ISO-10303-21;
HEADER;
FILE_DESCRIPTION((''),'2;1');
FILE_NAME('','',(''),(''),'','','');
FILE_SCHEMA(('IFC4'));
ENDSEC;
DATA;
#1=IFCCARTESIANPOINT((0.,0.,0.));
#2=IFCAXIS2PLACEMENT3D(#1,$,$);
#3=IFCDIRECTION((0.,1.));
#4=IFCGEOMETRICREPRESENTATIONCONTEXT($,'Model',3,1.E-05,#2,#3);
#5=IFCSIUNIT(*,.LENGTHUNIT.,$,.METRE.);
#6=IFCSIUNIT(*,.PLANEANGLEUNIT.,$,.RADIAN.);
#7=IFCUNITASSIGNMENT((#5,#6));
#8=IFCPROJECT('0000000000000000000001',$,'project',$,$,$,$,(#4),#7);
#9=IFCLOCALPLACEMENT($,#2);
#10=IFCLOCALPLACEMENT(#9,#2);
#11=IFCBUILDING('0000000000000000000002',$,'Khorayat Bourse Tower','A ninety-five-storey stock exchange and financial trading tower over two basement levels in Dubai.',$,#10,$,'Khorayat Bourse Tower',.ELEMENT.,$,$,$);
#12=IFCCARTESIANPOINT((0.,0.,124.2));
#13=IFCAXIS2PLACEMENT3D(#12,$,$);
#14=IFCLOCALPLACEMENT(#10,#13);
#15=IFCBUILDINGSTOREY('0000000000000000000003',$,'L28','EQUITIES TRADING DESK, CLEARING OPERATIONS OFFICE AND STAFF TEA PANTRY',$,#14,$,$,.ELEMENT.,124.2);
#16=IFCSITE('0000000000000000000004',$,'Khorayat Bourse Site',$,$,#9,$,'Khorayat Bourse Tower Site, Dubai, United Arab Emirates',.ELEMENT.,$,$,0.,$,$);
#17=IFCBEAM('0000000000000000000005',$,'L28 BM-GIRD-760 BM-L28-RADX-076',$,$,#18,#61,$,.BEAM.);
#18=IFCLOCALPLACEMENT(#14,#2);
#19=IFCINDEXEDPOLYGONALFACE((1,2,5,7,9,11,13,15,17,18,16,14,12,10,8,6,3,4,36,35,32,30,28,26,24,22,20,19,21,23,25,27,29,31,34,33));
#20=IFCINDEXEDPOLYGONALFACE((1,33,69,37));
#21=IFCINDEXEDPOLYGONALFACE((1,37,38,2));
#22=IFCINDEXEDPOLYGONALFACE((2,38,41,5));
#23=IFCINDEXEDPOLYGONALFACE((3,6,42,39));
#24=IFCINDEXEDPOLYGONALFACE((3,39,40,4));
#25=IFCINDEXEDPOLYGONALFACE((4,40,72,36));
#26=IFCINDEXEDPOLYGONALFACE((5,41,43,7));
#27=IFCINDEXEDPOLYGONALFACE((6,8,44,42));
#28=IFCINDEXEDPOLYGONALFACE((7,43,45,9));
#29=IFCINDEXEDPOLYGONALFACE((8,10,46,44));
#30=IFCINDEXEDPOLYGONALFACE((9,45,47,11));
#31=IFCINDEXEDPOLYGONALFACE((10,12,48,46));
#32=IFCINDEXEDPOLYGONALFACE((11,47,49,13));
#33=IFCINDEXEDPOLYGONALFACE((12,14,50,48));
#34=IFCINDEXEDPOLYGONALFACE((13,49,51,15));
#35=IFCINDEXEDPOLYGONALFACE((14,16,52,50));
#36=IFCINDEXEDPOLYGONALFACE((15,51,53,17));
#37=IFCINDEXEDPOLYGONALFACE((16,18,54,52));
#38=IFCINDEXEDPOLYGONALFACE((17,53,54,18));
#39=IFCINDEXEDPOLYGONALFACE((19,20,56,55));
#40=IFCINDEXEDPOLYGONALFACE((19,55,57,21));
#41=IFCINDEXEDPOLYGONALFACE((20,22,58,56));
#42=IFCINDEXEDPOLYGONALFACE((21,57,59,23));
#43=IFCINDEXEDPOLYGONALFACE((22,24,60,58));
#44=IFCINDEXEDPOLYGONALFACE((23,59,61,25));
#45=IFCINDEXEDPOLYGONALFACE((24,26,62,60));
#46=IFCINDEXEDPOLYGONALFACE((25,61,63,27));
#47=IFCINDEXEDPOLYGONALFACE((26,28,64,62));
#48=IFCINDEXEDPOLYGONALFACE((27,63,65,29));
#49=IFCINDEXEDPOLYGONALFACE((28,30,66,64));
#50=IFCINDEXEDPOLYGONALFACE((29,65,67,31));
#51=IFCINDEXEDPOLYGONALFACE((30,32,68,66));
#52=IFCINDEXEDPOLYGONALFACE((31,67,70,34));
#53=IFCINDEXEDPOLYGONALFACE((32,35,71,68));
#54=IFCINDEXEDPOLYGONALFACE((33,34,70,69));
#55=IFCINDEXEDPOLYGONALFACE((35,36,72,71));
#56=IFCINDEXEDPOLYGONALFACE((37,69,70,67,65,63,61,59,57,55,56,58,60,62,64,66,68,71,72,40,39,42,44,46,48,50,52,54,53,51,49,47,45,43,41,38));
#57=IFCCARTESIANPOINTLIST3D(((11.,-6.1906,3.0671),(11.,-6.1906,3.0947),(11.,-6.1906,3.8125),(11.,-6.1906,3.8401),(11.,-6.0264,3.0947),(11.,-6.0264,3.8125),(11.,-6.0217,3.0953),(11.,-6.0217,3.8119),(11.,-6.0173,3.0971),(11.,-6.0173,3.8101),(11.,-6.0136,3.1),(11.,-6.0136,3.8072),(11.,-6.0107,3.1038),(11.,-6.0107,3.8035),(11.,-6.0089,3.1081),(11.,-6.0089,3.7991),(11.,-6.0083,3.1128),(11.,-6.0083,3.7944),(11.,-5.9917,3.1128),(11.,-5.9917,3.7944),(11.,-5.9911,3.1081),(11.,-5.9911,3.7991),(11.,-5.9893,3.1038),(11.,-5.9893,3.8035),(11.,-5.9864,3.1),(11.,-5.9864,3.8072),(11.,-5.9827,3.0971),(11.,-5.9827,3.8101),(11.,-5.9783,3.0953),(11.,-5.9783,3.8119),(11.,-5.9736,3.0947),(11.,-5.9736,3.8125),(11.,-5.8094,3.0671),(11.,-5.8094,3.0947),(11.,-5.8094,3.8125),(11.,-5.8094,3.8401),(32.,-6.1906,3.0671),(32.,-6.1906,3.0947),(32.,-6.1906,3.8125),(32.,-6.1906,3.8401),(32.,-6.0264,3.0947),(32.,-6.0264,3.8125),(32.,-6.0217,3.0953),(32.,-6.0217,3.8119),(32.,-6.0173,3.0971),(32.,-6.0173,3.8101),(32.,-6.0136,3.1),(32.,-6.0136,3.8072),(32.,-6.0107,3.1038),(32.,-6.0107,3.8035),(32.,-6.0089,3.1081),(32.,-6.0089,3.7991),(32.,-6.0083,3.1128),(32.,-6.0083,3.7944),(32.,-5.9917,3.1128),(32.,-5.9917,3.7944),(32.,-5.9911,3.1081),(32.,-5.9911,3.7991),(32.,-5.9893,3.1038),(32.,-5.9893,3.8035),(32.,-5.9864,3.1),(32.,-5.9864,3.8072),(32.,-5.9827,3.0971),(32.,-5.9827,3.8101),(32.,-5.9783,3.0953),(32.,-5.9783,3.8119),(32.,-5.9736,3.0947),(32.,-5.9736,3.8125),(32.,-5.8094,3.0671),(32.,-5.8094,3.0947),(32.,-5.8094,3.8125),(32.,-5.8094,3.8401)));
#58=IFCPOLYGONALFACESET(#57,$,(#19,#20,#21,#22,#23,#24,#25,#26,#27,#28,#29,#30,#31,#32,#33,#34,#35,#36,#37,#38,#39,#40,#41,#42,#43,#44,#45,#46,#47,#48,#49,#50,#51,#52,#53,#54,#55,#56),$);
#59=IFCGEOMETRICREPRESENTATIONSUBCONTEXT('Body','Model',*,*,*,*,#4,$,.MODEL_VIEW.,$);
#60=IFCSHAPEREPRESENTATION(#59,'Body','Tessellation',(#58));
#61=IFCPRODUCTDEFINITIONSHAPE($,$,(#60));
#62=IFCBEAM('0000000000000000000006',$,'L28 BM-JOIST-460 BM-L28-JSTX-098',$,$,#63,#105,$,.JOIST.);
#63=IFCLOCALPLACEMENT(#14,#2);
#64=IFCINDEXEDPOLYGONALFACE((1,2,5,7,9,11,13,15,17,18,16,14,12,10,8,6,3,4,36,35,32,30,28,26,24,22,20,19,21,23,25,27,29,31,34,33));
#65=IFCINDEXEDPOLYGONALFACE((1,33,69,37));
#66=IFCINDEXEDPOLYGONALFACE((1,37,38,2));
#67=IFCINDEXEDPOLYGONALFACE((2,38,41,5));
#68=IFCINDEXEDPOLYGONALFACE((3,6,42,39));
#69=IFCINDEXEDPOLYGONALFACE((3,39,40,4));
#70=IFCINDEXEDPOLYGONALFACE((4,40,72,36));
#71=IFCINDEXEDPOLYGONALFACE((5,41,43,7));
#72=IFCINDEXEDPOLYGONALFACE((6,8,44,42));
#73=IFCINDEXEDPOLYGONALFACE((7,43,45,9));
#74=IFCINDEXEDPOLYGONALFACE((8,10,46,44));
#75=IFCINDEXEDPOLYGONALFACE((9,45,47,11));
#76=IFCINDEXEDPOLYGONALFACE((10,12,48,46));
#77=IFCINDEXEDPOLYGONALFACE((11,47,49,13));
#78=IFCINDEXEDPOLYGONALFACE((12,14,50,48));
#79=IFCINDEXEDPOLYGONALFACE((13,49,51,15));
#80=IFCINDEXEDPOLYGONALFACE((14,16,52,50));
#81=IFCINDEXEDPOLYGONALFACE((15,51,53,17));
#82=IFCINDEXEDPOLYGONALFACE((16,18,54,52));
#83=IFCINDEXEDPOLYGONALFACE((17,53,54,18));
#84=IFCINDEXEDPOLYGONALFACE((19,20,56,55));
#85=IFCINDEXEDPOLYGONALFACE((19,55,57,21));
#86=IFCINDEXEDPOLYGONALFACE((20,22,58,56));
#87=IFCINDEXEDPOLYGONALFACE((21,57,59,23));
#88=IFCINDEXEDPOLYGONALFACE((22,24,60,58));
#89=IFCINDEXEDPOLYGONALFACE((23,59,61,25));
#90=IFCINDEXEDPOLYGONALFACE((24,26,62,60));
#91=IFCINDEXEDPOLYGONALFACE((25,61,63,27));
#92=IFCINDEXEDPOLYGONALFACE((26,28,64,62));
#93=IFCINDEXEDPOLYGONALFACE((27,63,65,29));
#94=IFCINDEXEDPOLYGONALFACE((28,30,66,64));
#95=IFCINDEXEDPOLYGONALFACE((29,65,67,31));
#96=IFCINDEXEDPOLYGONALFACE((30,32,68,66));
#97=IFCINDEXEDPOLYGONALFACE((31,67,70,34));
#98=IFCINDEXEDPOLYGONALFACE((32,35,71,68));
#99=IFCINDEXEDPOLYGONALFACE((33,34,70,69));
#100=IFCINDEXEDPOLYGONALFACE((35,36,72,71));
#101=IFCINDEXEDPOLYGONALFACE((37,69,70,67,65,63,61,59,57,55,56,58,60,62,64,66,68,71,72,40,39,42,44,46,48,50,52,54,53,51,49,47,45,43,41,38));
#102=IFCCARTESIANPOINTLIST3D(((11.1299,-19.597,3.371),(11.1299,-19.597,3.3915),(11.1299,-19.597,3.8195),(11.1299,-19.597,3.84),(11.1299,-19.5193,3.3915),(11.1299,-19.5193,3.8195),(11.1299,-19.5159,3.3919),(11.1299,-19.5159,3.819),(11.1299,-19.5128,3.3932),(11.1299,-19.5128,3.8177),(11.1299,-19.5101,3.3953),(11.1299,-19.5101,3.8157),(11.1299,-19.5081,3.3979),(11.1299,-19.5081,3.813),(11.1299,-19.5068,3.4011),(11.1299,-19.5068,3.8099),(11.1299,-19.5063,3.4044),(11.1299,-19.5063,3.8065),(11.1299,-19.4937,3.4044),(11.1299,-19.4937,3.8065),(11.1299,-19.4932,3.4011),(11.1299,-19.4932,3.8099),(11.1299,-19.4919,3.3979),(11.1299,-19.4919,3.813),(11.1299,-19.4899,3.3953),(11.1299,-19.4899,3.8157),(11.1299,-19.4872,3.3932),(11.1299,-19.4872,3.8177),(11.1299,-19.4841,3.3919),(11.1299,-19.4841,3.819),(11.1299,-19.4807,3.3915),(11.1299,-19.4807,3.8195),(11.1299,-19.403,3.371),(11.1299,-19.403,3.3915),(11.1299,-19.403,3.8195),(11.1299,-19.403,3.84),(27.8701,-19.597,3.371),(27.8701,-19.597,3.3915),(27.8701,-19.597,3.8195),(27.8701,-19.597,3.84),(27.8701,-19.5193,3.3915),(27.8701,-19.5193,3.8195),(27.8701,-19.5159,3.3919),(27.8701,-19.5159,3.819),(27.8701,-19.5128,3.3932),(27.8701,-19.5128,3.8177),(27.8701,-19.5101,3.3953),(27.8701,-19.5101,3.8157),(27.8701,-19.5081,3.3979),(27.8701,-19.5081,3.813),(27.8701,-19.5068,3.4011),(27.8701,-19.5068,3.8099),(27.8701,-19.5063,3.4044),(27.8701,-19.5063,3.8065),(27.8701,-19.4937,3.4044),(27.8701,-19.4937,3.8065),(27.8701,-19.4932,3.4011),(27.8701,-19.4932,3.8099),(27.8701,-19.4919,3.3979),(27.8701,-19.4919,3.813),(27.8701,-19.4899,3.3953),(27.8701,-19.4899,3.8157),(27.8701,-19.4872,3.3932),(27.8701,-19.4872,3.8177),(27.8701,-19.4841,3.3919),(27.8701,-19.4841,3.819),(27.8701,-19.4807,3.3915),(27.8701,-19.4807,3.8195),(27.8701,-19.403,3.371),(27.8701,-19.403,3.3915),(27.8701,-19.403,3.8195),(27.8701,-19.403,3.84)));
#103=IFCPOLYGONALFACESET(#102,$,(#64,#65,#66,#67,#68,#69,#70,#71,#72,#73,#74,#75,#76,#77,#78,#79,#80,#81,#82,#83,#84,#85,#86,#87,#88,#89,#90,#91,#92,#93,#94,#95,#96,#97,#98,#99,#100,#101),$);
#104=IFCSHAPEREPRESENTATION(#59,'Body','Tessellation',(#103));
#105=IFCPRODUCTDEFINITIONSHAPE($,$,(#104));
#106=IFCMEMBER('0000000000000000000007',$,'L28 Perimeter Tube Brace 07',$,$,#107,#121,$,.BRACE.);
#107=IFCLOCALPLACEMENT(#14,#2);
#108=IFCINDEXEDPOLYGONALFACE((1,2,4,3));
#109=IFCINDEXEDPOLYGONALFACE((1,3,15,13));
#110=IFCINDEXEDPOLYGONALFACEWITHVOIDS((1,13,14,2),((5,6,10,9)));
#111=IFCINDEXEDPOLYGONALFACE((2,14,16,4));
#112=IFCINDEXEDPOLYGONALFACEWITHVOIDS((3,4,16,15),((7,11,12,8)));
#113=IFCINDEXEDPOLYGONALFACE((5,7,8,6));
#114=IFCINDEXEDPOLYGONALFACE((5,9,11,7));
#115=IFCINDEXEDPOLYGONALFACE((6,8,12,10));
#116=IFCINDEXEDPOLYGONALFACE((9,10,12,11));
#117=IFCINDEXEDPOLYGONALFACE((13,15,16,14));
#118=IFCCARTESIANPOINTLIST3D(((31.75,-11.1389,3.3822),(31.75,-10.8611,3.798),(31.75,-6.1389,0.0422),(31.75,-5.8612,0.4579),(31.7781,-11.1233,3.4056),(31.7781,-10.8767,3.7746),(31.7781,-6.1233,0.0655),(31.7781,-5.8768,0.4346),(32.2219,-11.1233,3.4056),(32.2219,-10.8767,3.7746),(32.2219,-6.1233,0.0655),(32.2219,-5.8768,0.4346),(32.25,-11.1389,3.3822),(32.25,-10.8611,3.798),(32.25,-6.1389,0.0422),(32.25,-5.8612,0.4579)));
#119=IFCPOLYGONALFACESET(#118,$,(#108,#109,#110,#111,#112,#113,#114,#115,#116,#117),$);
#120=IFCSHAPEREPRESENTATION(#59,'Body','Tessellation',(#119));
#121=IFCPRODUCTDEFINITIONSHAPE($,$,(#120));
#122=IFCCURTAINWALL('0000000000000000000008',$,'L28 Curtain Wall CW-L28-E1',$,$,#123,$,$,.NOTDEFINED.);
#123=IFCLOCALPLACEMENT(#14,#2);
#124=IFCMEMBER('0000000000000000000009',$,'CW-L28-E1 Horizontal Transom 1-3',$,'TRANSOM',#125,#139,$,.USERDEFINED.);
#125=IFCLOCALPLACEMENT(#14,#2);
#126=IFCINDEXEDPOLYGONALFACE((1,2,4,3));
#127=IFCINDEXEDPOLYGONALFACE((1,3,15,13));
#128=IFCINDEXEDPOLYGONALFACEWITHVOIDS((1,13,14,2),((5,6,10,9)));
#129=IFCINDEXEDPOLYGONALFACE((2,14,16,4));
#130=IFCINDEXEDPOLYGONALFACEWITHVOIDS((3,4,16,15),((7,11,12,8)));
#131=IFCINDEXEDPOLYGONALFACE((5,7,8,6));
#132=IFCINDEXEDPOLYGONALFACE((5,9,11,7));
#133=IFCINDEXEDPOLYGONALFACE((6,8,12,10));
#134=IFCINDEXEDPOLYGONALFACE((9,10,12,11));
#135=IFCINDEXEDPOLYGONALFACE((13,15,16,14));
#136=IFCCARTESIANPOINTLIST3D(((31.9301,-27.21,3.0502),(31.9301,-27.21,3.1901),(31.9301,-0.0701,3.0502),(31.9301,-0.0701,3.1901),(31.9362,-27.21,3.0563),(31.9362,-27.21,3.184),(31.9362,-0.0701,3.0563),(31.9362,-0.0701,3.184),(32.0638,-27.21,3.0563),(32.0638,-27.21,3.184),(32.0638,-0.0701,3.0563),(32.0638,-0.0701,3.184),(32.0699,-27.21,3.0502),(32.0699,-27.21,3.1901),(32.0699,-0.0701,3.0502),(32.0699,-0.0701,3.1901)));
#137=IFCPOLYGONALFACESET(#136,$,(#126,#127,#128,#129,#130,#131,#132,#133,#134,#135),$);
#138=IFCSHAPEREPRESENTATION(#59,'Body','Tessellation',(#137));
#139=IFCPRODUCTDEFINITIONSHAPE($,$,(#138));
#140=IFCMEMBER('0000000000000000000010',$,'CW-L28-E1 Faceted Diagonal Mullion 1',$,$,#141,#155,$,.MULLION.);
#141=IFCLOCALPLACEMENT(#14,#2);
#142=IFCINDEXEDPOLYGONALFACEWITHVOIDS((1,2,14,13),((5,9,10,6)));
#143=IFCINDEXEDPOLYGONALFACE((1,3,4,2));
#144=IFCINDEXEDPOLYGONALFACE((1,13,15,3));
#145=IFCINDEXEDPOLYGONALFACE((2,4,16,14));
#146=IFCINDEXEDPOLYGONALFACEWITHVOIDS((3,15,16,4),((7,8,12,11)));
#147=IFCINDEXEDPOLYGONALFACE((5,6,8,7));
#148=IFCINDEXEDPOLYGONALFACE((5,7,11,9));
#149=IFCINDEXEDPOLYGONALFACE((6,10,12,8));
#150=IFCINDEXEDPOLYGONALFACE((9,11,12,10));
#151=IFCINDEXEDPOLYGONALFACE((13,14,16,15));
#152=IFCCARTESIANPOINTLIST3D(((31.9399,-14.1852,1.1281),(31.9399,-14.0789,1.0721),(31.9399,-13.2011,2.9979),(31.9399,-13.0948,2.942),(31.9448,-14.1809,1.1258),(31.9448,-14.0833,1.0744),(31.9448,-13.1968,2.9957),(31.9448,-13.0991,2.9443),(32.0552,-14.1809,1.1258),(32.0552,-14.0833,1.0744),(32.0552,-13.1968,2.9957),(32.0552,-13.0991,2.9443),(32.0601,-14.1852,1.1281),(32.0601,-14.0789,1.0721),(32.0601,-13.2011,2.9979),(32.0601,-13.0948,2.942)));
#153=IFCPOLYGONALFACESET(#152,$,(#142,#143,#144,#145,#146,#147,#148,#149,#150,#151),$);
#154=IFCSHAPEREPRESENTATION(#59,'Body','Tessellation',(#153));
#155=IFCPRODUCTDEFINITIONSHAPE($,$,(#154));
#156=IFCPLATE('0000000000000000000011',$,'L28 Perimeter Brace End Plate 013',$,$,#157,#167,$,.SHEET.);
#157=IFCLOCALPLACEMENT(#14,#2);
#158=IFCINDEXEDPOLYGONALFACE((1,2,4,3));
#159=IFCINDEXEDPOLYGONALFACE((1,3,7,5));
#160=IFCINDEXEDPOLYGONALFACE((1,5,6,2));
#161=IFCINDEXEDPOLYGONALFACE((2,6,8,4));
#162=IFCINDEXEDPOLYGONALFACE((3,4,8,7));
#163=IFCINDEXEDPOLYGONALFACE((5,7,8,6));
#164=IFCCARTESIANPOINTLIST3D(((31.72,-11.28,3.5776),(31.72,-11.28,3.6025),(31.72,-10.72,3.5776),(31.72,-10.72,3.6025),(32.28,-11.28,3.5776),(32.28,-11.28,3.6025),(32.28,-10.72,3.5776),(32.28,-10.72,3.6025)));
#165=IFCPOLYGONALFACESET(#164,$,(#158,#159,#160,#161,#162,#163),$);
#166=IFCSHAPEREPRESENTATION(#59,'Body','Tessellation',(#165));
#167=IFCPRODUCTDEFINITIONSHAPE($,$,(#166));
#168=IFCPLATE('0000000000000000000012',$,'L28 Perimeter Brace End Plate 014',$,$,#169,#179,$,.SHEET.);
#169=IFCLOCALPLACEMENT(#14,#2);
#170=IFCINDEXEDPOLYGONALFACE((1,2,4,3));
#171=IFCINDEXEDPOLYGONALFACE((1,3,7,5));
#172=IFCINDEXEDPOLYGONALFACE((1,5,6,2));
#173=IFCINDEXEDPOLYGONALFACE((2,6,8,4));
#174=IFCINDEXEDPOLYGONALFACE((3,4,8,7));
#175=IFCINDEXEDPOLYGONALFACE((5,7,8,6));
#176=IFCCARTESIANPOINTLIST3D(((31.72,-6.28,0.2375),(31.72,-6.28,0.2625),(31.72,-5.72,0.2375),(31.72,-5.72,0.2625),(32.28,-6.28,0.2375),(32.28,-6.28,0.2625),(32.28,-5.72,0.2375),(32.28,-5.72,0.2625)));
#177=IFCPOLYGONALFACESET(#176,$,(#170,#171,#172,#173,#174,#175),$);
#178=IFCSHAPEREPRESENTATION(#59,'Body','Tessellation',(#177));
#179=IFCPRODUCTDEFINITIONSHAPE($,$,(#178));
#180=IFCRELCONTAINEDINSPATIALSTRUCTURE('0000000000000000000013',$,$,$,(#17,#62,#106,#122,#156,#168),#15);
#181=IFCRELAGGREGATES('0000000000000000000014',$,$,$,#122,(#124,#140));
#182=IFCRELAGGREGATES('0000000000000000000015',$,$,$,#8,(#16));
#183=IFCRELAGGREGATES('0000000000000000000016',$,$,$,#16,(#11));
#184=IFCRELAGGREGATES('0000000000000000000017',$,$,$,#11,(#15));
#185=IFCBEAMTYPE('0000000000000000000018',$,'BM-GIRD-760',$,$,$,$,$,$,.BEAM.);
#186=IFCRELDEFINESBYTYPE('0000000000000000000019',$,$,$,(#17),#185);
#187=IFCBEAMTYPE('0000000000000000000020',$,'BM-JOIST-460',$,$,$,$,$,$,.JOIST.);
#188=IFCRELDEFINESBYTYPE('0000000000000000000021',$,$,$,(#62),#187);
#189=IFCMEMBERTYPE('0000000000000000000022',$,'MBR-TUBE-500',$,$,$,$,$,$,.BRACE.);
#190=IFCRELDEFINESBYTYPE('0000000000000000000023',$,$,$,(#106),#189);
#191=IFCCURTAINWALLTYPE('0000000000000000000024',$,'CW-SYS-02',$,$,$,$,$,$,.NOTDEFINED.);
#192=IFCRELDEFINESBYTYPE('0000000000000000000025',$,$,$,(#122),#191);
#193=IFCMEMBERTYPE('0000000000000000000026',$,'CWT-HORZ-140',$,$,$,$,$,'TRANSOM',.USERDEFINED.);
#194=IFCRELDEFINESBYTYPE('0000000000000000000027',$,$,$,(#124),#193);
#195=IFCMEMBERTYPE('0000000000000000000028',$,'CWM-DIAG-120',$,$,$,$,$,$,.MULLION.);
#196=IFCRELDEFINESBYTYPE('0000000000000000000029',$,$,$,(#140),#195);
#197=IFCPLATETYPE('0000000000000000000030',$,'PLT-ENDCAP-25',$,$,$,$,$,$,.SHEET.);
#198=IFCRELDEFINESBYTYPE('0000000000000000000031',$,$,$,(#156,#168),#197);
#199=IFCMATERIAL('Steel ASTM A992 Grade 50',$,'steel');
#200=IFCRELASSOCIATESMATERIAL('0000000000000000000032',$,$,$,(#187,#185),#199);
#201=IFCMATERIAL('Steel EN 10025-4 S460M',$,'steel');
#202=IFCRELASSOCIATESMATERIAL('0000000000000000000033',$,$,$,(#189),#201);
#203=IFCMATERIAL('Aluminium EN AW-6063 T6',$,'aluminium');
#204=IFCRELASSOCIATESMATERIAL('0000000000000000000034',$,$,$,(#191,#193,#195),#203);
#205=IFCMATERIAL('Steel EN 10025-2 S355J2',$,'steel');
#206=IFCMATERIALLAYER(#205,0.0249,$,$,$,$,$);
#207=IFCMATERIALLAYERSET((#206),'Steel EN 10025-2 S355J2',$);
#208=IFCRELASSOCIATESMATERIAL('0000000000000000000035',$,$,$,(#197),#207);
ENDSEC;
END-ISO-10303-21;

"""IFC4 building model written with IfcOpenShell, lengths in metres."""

from ifc_helpers import new_model, si_unit, direction, frame, origin, origin_2d, place, context, subcontext, project, spatial, rectangle, hollow_rectangle, i_section, extrude, source, transform, mapped, material, layer, layer_set, material_profile, profile_set, type_object, element, aggregate, save


model = new_model("IFC4")

# Units and contexts
model_context = context("Model", 3, precision=1e-05, world=origin(), true_north=direction((0.0, 1.0)))
body_context = subcontext(model_context, "Body", "Model", "MODEL_VIEW")
ifc_project = project(units=[si_unit("LENGTHUNIT", "METRE"), si_unit("PLANEANGLEUNIT", "RADIAN")], contexts=[model_context])

# Site, building, storey
site_placement = place(None, origin())
site = spatial("IfcSite", under=ifc_project, at=site_placement, Name="Khorayat Bourse Site", LongName="Khorayat Bourse Tower Site, Dubai, United Arab Emirates", CompositionType="ELEMENT", RefElevation=0.0)
building_placement = place(site_placement, origin())
building = spatial("IfcBuilding", under=site, at=building_placement, Name="Khorayat Bourse Tower", Description="A ninety-five-storey stock exchange and financial trading tower over two basement levels in Dubai.", LongName="Khorayat Bourse Tower", CompositionType="ELEMENT")
storey_placement = place(building_placement, frame((0.0, 0.0, 124.2)))
storey = spatial("IfcBuildingStorey", under=building, at=storey_placement, Name="L28", Description="EQUITIES TRADING DESK, CLEARING OPERATIONS OFFICE AND STAFF TEA PANTRY", CompositionType="ELEMENT", Elevation=124.2)

# Shared definitions
ifc_material_1 = material(Name="Steel EN 10025-4 S460M", Category="steel")

# Beams
ifc_material_2 = material(Name="Steel ASTM A992 Grade 50", Category="steel")
ifc_material_profile_1 = material_profile(ifc_material_2, i_section(OverallWidth=0.1941, OverallDepth=0.469, WebThickness=0.0127, FlangeThickness=0.0205, FilletRadius=0.0129, at=origin_2d()), Name="W460X106")
ifc_profile_set_1 = profile_set([ifc_material_profile_1], Name="Steel ASTM A992 Grade 50")
beam_type_1 = type_object("IfcBeamType", Name="BM-JOIST-460", PredefinedType="JOIST", material=ifc_profile_set_1)
ifc_material_profile_2 = material_profile(ifc_material_2, i_section(OverallWidth=0.3811, OverallDepth=0.7729, WebThickness=0.0166, FlangeThickness=0.0276, FilletRadius=0.0181, at=origin_2d()), Name="W760X257")
ifc_profile_set_2 = profile_set([ifc_material_profile_2], Name="Steel ASTM A992 Grade 50")
beam_type_2 = type_object("IfcBeamType", Name="BM-GIRD-760", PredefinedType="BEAM", material=ifc_profile_set_2)
shared_shape_1 = source(origin(), body_context, "Body", "SweptSolid", [
    extrude(i_section(OverallWidth=0.3811, OverallDepth=0.7729, WebThickness=0.0166, FlangeThickness=0.0276, FilletRadius=0.0181, at=origin_2d()), origin(), (0.0, 0.0, 1.0), 21.0),
])
beam_1_placement = place(storey_placement, frame((11.0, -6.0, 3.4536), z_axis=(1.0, 0.0, 0.0), x_axis=(0.0, 1.0, 0.0)))
element("IfcBeam", 1, at=beam_1_placement, inside=storey, type_object=beam_type_2, Name="L28 BM-GIRD-760 BM-L28-RADX-076", PredefinedType="BEAM", context=body_context, shape_type="MappedRepresentation", body=[
    mapped(shared_shape_1, transform((0.0, 0.0, 0.0), scale=1.0)),
])
shared_shape_2 = source(origin(), body_context, "Body", "SweptSolid", [
    extrude(i_section(OverallWidth=0.1941, OverallDepth=0.469, WebThickness=0.0127, FlangeThickness=0.0205, FilletRadius=0.0129, at=origin_2d()), origin(), (0.0, 0.0, 1.0), 16.7402),
])
beam_2_placement = place(storey_placement, frame((11.1299, -19.5, 3.6055), z_axis=(1.0, 0.0, 0.0), x_axis=(0.0, 1.0, 0.0)))
element("IfcBeam", 2, at=beam_2_placement, inside=storey, type_object=beam_type_1, Name="L28 BM-JOIST-460 BM-L28-JSTX-098", PredefinedType="JOIST", context=body_context, shape_type="MappedRepresentation", body=[
    mapped(shared_shape_2, transform((0.0, 0.0, 0.0), scale=1.0)),
])

# Member
ifc_material_profile_3 = material_profile(ifc_material_1, hollow_rectangle(XDim=0.5, YDim=0.5, WallThickness=0.0281, at=origin_2d()), Name="HSS 500x500x28")
ifc_profile_set_3 = profile_set([ifc_material_profile_3], Name="Steel EN 10025-4 S460M")
member_type_1 = type_object("IfcMemberType", Name="MBR-TUBE-500", PredefinedType="BRACE", material=ifc_profile_set_3)
shared_shape_3 = source(origin(), body_context, "Body", "SweptSolid", [
    extrude(hollow_rectangle(XDim=0.5, YDim=0.5, WallThickness=0.0281, at=origin_2d()), origin(), (0.0, 0.0, 1.0), 6.0129),
])
member_1_placement = place(storey_placement, frame((32.0, -11.0, 3.5901), z_axis=(0.0, 0.831531, -0.555478), x_axis=(-1.0, 0.0, 0.0)))
element("IfcMember", 3, at=member_1_placement, inside=storey, type_object=member_type_1, Name="L28 Perimeter Tube Brace 07", PredefinedType="BRACE", context=body_context, shape_type="MappedRepresentation", body=[
    mapped(shared_shape_3, transform((0.0, 0.0, 0.0), scale=1.0)),
])

# Curtain wall, members
ifc_material_3 = material(Name="Aluminium EN AW-6063 T6", Category="aluminium")
curtain_wall_type = type_object("IfcCurtainWallType", Name="CW-SYS-02", PredefinedType="NOTDEFINED", material=ifc_material_3)
curtain_wall_placement = place(storey_placement, origin())
curtain_wall = element("IfcCurtainWall", 4, at=curtain_wall_placement, inside=storey, type_object=curtain_wall_type, Name="L28 Curtain Wall CW-L28-E1", PredefinedType="NOTDEFINED")
ifc_material_profile_4 = material_profile(ifc_material_3, hollow_rectangle(XDim=0.1399, YDim=0.1399, WallThickness=0.0061, at=origin_2d()), Name="ALU 140x140x6")
ifc_profile_set_4 = profile_set([ifc_material_profile_4], Name="Aluminium EN AW-6063 T6")
member_type_2 = type_object("IfcMemberType", Name="CWT-HORZ-140", ElementType="TRANSOM", PredefinedType="USERDEFINED", material=ifc_profile_set_4)
shared_shape_4 = source(origin(), body_context, "Body", "SweptSolid", [
    extrude(hollow_rectangle(XDim=0.1399, YDim=0.1399, WallThickness=0.0061, at=origin_2d()), origin(), (0.0, 0.0, 1.0), 27.1399),
])
member_2_placement = place(storey_placement, frame((32.0, -27.21, 3.1201), z_axis=(0.0, 1.0, 0.0), x_axis=(-1.0, 0.0, 0.0)))
member_2 = element("IfcMember", 5, at=member_2_placement, type_object=member_type_2, Name="CW-L28-E1 Horizontal Transom 1-3", ObjectType="TRANSOM", PredefinedType="USERDEFINED", context=body_context, shape_type="MappedRepresentation", body=[
    mapped(shared_shape_4, transform((0.0, 0.0, 0.0), scale=1.0)),
])
ifc_material_profile_5 = material_profile(ifc_material_3, hollow_rectangle(XDim=0.1201, YDim=0.1201, WallThickness=0.0049, at=origin_2d()), Name="ALU 120x120x5")
ifc_profile_set_5 = profile_set([ifc_material_profile_5], Name="Aluminium EN AW-6063 T6")
member_type_3 = type_object("IfcMemberType", Name="CWM-DIAG-120", PredefinedType="MULLION", material=ifc_profile_set_5)
shared_shape_5 = source(origin(), body_context, "Body", "SweptSolid", [
    extrude(hollow_rectangle(XDim=0.1201, YDim=0.1201, WallThickness=0.0049, at=origin_2d()), origin(), (0.0, 0.0, 1.0), 2.113),
])
member_3_placement = place(storey_placement, frame((32.0, -14.1321, 1.1001), z_axis=(0.0, 0.465742, 0.884921), x_axis=(-1.0, 0.0, 0.0)))
member_3 = element("IfcMember", 6, at=member_3_placement, type_object=member_type_3, Name="CW-L28-E1 Faceted Diagonal Mullion 1", PredefinedType="MULLION", context=body_context, shape_type="MappedRepresentation", body=[
    mapped(shared_shape_5, transform((0.0, 0.0, 0.0), scale=1.0)),
])

# Plates
ifc_material_4 = material(Name="Steel EN 10025-2 S355J2", Category="steel")
ifc_layer_1 = layer(ifc_material_4, 0.0249)
ifc_layer_set_1 = layer_set([ifc_layer_1], Name="Steel EN 10025-2 S355J2")
plate_type_1 = type_object("IfcPlateType", Name="PLT-ENDCAP-25", PredefinedType="SHEET", material=ifc_layer_set_1)
shared_shape_6 = source(origin(), body_context, "Body", "SweptSolid", [
    extrude(rectangle(XDim=0.5601, YDim=0.5601, at=origin_2d()), origin(), (0.0, 0.0, 1.0), 0.0249),
])
for number, where, z_axis, x_axis, name in (
    (7, (32.0, -11.0, 3.5776), (0.0, 0.0, 1.0), (1.0, 0.0, 0.0), "L28 Perimeter Brace End Plate 013"),
    (8, (32.0, -6.0, 0.2375), (0.0, 0.0, 1.0), (1.0, 0.0, 0.0), "L28 Perimeter Brace End Plate 014"),
):
    element("IfcPlate", number, at=place(storey_placement, frame(where, z_axis=z_axis, x_axis=x_axis)), inside=storey, type_object=plate_type_1, Name=name, PredefinedType="SHEET", context=body_context, shape_type="MappedRepresentation", body=[
        mapped(shared_shape_6, transform((0.0, 0.0, 0.0), scale=1.0)),
    ])

aggregate(curtain_wall, [member_2, member_3])

save(model, "model.ifc")
